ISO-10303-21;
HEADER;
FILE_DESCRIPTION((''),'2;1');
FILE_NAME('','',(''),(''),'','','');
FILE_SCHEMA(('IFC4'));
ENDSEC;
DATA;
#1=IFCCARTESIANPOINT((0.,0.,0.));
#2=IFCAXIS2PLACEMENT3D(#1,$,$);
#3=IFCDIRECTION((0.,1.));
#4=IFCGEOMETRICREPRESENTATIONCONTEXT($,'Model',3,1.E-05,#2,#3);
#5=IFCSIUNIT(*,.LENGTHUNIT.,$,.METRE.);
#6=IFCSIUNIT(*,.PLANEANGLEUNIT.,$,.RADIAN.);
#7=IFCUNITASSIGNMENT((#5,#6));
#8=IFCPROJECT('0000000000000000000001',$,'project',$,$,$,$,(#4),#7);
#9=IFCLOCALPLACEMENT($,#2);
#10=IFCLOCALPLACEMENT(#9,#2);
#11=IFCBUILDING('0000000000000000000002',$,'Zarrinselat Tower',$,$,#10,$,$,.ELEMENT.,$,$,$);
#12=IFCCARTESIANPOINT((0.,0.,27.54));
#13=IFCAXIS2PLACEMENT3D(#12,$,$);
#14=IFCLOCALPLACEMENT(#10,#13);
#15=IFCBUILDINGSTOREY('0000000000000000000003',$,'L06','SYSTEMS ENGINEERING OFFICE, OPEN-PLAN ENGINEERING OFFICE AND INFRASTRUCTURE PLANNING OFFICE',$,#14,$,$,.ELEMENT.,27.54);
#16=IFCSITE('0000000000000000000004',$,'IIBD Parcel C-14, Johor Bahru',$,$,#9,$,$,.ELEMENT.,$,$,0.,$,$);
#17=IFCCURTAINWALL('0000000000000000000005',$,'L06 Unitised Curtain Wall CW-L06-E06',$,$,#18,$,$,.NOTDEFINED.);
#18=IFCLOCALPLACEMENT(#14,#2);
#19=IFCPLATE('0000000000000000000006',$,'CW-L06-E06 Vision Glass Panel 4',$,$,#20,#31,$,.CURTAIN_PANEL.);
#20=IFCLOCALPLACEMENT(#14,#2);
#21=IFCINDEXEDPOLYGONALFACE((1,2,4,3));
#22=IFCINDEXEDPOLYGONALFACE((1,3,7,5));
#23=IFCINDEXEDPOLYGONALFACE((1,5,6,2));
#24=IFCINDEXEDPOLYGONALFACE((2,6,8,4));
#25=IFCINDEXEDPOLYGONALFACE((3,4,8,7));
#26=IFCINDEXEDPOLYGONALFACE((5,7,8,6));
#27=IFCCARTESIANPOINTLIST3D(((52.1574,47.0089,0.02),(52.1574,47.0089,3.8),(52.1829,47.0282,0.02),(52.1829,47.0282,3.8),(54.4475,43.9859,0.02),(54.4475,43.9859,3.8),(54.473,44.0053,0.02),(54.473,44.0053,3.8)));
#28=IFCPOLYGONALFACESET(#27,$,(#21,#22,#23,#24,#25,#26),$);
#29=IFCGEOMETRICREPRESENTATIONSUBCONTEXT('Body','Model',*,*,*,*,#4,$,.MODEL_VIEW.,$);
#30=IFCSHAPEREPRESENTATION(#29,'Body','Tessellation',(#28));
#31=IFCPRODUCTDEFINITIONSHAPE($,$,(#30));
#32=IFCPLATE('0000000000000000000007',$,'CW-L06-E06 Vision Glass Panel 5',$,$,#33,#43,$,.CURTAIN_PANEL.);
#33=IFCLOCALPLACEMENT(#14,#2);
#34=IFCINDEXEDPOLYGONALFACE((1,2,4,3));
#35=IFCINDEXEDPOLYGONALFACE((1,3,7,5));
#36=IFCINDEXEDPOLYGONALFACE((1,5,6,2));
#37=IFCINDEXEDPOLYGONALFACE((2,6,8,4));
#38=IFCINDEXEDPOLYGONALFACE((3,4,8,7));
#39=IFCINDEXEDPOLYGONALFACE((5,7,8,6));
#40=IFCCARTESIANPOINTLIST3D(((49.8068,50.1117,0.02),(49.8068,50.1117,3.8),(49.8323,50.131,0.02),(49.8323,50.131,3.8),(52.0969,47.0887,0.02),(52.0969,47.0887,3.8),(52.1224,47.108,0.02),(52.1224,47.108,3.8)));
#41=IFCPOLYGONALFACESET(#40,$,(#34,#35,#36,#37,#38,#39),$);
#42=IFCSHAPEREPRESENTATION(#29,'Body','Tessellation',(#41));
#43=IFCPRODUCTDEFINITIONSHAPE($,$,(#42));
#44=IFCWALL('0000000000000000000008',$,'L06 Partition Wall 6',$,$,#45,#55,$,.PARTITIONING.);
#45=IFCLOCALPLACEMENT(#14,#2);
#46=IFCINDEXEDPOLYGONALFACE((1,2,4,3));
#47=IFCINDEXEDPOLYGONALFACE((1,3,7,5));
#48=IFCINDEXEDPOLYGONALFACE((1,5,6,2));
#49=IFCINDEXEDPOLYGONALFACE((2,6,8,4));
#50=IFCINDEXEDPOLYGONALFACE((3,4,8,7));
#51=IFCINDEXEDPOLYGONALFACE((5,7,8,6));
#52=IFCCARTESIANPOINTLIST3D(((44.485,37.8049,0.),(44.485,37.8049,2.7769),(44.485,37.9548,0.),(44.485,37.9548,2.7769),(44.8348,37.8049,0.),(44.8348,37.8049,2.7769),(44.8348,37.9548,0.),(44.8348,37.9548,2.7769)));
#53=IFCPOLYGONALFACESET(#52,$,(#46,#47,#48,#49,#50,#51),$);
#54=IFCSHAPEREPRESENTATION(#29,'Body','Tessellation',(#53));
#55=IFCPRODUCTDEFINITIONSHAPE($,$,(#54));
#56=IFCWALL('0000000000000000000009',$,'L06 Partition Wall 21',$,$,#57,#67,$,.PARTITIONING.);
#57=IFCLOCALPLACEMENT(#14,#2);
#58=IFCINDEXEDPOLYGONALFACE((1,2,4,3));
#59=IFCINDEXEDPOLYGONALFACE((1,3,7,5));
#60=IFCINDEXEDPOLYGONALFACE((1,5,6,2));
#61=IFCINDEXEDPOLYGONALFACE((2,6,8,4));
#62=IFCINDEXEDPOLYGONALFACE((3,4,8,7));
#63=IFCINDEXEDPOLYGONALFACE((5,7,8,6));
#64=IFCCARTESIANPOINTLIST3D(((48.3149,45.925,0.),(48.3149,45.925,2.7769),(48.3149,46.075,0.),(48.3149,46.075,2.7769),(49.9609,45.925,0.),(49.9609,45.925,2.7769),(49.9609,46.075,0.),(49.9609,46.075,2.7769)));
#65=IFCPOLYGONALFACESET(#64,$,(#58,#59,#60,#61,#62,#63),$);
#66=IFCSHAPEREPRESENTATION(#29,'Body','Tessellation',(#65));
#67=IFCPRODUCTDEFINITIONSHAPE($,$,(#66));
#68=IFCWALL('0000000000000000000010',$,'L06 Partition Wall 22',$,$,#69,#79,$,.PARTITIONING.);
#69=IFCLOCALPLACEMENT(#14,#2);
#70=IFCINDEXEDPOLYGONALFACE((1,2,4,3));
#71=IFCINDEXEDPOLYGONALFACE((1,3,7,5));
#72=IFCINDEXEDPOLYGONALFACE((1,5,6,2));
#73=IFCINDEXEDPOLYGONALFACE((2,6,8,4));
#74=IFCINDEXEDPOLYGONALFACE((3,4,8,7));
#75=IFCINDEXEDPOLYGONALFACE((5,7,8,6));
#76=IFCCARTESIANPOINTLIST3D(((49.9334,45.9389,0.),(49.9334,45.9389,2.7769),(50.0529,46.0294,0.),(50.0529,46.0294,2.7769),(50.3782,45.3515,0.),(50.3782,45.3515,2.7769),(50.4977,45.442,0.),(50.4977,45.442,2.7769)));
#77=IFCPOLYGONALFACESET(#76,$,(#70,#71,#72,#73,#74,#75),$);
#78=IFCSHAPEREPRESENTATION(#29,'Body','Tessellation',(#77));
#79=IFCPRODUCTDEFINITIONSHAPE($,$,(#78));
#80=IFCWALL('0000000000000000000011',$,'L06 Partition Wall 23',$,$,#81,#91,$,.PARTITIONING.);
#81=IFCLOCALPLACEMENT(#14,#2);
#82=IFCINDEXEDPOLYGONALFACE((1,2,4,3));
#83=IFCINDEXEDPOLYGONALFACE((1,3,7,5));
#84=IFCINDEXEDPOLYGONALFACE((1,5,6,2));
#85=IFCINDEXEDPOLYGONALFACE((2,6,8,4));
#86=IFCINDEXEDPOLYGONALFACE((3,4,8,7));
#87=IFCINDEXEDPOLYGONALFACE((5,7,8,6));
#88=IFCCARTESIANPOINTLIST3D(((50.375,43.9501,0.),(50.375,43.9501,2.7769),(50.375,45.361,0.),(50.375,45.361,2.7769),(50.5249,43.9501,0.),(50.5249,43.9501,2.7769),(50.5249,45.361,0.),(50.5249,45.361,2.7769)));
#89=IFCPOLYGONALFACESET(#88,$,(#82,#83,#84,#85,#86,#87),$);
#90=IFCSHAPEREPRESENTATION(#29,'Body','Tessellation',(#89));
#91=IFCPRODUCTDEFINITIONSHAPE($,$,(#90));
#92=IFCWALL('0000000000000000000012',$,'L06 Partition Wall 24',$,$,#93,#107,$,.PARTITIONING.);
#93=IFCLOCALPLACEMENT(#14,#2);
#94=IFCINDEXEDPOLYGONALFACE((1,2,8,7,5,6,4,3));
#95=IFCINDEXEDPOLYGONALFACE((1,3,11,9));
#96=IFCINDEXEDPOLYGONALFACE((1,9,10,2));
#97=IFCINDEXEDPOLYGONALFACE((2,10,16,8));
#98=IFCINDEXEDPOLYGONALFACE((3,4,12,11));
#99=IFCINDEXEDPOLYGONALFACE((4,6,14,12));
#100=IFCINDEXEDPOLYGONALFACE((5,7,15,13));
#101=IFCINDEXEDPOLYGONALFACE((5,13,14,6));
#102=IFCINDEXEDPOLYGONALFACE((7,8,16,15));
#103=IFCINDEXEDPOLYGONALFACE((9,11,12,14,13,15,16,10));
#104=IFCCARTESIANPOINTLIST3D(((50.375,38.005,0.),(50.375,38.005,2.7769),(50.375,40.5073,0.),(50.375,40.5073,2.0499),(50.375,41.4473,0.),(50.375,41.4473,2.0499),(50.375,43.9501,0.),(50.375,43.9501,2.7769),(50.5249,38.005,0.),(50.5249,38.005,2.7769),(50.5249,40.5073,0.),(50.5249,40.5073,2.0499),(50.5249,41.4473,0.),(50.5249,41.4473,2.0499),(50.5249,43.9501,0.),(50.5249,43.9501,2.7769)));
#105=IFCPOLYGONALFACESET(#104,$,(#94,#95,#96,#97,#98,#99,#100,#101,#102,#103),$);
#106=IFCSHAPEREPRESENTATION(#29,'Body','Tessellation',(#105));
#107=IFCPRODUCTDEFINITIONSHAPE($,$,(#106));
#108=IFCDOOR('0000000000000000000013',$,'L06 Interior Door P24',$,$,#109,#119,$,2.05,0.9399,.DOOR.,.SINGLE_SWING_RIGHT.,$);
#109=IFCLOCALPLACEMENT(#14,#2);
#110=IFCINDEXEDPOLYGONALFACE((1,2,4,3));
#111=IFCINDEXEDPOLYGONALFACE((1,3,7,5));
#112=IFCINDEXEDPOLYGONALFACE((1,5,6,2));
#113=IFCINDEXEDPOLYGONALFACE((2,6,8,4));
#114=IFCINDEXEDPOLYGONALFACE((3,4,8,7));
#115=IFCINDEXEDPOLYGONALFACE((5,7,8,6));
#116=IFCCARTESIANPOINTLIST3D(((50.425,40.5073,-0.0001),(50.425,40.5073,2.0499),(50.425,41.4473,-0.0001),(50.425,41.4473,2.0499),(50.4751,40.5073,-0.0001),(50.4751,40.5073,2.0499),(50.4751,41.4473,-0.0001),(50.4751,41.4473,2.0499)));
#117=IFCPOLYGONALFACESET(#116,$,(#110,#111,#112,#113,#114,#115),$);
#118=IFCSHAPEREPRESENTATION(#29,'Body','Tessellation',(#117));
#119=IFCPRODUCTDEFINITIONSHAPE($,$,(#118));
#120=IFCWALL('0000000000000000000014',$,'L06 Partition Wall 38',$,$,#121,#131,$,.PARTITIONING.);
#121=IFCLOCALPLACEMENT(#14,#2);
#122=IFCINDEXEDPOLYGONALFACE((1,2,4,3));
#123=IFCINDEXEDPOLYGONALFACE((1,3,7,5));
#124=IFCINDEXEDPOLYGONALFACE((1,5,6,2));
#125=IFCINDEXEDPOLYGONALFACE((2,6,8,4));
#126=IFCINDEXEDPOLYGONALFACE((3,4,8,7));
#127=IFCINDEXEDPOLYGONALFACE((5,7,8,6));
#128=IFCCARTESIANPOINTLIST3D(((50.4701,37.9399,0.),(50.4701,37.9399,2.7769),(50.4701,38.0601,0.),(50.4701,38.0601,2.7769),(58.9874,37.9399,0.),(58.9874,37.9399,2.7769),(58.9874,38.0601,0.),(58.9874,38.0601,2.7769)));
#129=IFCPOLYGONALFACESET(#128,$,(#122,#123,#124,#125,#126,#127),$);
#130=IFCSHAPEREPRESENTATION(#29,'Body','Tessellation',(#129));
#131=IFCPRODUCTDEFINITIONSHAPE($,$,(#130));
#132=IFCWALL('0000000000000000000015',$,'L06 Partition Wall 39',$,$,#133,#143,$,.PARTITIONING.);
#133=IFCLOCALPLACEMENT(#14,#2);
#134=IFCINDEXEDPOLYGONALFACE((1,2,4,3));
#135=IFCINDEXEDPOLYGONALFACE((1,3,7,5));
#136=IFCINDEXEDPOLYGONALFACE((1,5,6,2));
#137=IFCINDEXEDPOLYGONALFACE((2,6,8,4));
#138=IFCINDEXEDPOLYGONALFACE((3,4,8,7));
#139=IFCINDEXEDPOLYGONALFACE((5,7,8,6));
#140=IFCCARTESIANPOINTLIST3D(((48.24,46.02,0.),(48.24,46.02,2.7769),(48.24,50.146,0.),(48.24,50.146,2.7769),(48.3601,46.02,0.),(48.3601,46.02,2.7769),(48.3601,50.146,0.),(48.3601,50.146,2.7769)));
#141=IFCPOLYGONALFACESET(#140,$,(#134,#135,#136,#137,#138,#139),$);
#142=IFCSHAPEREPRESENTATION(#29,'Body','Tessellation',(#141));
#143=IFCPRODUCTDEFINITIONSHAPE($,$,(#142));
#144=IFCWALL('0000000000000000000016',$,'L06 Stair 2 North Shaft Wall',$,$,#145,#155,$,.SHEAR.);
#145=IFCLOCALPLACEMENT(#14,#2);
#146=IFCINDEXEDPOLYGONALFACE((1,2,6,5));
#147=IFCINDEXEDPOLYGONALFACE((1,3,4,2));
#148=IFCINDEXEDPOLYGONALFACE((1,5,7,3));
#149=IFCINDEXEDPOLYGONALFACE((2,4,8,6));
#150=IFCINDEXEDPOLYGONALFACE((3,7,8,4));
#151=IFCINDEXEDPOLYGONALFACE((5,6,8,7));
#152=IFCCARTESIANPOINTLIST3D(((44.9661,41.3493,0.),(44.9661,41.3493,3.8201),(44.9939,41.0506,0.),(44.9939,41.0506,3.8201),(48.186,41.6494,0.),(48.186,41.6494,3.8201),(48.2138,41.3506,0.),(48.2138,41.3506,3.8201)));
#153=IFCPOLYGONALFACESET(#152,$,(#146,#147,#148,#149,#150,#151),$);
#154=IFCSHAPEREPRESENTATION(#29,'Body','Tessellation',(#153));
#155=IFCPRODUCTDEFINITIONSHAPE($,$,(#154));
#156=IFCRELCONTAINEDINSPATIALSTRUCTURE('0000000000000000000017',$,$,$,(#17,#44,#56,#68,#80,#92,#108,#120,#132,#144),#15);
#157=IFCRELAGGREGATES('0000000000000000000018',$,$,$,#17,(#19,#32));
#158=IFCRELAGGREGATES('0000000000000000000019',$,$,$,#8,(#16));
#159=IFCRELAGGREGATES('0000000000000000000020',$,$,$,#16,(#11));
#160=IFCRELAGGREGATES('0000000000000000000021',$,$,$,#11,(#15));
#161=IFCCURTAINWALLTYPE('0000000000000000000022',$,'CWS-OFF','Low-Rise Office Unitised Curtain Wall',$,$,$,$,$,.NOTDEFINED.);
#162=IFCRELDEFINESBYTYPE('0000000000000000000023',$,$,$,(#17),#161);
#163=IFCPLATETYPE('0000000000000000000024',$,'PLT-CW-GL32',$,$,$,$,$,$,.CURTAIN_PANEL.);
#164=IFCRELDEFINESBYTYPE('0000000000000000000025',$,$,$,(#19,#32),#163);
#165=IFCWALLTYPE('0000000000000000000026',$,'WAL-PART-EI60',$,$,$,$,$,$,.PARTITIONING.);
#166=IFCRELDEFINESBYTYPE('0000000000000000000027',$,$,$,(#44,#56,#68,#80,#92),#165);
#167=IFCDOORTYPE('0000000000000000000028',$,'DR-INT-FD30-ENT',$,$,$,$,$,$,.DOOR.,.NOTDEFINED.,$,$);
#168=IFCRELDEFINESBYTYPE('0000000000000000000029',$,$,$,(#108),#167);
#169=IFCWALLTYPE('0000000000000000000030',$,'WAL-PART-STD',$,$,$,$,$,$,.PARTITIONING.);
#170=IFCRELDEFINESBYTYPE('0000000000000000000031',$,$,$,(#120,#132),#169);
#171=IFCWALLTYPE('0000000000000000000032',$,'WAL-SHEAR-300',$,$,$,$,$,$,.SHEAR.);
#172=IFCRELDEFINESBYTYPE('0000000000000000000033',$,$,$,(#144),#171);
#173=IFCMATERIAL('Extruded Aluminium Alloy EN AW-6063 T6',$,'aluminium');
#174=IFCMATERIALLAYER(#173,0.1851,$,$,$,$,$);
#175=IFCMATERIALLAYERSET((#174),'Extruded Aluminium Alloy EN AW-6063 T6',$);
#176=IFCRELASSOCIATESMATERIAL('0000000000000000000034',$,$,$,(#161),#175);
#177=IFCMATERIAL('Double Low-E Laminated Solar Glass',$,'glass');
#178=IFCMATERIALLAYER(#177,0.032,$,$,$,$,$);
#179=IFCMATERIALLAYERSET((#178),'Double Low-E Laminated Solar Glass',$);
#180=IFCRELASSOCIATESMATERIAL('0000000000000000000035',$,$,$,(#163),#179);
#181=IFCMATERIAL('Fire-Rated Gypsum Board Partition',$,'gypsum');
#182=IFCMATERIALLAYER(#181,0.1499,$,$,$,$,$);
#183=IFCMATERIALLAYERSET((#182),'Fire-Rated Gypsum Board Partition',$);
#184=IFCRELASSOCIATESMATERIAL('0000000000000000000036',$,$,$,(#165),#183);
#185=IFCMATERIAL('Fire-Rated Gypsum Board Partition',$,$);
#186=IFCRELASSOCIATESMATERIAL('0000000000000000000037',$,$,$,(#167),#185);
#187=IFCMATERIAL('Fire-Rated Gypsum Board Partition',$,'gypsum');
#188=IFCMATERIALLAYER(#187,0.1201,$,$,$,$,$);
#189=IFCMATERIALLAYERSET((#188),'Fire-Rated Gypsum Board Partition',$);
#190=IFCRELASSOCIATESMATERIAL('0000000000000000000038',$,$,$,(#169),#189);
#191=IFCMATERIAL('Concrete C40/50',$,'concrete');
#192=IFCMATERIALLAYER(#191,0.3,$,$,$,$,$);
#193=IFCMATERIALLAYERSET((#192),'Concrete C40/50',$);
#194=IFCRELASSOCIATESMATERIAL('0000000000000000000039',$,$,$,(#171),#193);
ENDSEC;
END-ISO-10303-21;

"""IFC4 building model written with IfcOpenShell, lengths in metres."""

from ifc_helpers import new_model, si_unit, direction, frame, frame_2d, origin, origin_2d, place, context, subcontext, project, spatial, rectangle, extrude, material, layer, layer_set, type_object, element, fill, aggregate, save


model = new_model("IFC4")

# Units and contexts
model_context = context("Model", 3, precision=1e-05, world=origin(), true_north=direction((0.0, 1.0)))
body_context = subcontext(model_context, "Body", "Model", "MODEL_VIEW")
ifc_project = project(units=[si_unit("LENGTHUNIT", "METRE"), si_unit("PLANEANGLEUNIT", "RADIAN")], contexts=[model_context])

# Site, building, storey
site_placement = place(None, origin())
site = spatial("IfcSite", under=ifc_project, at=site_placement, Name="IIBD Parcel C-14, Johor Bahru", CompositionType="ELEMENT", RefElevation=0.0)
building_placement = place(site_placement, origin())
building = spatial("IfcBuilding", under=site, at=building_placement, Name="Zarrinselat Tower", CompositionType="ELEMENT")
storey_placement = place(building_placement, frame((0.0, 0.0, 27.54)))
storey = spatial("IfcBuildingStorey", under=building, at=storey_placement, Name="L06", Description="SYSTEMS ENGINEERING OFFICE, OPEN-PLAN ENGINEERING OFFICE AND INFRASTRUCTURE PLANNING OFFICE", CompositionType="ELEMENT", Elevation=27.54)

# Curtain wall
ifc_material_1 = material(Name="Extruded Aluminium Alloy EN AW-6063 T6", Category="aluminium")
ifc_layer_1 = layer(ifc_material_1, 0.1851)
ifc_layer_set_1 = layer_set([ifc_layer_1], Name="Extruded Aluminium Alloy EN AW-6063 T6")
curtain_wall_type = type_object("IfcCurtainWallType", Name="CWS-OFF", Description="Low-Rise Office Unitised Curtain Wall", PredefinedType="NOTDEFINED", material=ifc_layer_set_1)
curtain_wall_1_placement = place(storey_placement, origin())
curtain_wall_1 = element("IfcCurtainWall", 1, at=curtain_wall_1_placement, inside=storey, type_object=curtain_wall_type, Name="L06 Unitised Curtain Wall CW-L06-E06", PredefinedType="NOTDEFINED")

# Plates
ifc_material_2 = material(Name="Double Low-E Laminated Solar Glass", Category="glass")
ifc_layer_2 = layer(ifc_material_2, 0.032)
ifc_layer_set_2 = layer_set([ifc_layer_2], Name="Double Low-E Laminated Solar Glass")
plate_type = type_object("IfcPlateType", Name="PLT-CW-GL32", PredefinedType="CURTAIN_PANEL", material=ifc_layer_set_2)
plate_1_placement = place(storey_placement, frame((53.3152, 45.5071, 0.02), z_axis=(0.0, 0.0, 1.0), x_axis=(-0.603859, 0.797091, 0.0)))
plate_1 = element("IfcPlate", 2, at=plate_1_placement, type_object=plate_type, Name="CW-L06-E06 Vision Glass Panel 4", PredefinedType="CURTAIN_PANEL", context=body_context, shape_type="SweptSolid", body=[
    extrude(rectangle(XDim=3.7925, YDim=0.032, at=origin_2d()), origin(), (0.0, 0.0, 1.0), 3.78),
])
plate_2_placement = place(storey_placement, frame((50.9646, 48.6099, 0.02), z_axis=(0.0, 0.0, 1.0), x_axis=(-0.603859, 0.797091, 0.0)))
plate_2 = element("IfcPlate", 3, at=plate_2_placement, type_object=plate_type, Name="CW-L06-E06 Vision Glass Panel 5", PredefinedType="CURTAIN_PANEL", context=body_context, shape_type="SweptSolid", body=[
    extrude(rectangle(XDim=3.7925, YDim=0.032, at=origin_2d()), origin(), (0.0, 0.0, 1.0), 3.78),
])
aggregate(curtain_wall_1, [plate_1, plate_2])

# Walls
ifc_material_3 = material(Name="Fire-Rated Gypsum Board Partition", Category="gypsum")
ifc_layer_3 = layer(ifc_material_3, 0.1499)
ifc_layer_set_3 = layer_set([ifc_layer_3], Name="Fire-Rated Gypsum Board Partition")
wall_type_1 = type_object("IfcWallType", Name="WAL-PART-EI60", PredefinedType="PARTITIONING", material=ifc_layer_set_3)
wall_1_placement = place(storey_placement, frame((44.4851, 37.8799, 0.0), z_axis=(0.0, 0.0, 1.0), x_axis=(1.0, 0.0, 0.0)))
element("IfcWall", 4, at=wall_1_placement, inside=storey, type_object=wall_type_1, Name="L06 Partition Wall 6", PredefinedType="PARTITIONING", context=body_context, shape_type="SweptSolid", body=[
    extrude(rectangle(XDim=0.3499, YDim=0.1499, at=frame_2d((0.1748, 0.0))), origin(), (0.0, 0.0, 1.0), 2.7769),
])
wall_2_placement = place(storey_placement, frame((48.3149, 46.0, 0.0), z_axis=(0.0, 0.0, 1.0), x_axis=(1.0, 0.0, 0.0)))
element("IfcWall", 5, at=wall_2_placement, inside=storey, type_object=wall_type_1, Name="L06 Partition Wall 21", PredefinedType="PARTITIONING", context=body_context, shape_type="SweptSolid", body=[
    extrude(rectangle(XDim=1.646, YDim=0.1499, at=frame_2d((0.823, 0.0))), origin(), (0.0, 0.0, 1.0), 2.7769),
])
wall_3_placement = place(storey_placement, frame((49.9932, 45.9841, 0.0), z_axis=(0.0, 0.0, 1.0), x_axis=(0.603705, -0.797208, 0.0)))
element("IfcWall", 6, at=wall_3_placement, inside=storey, type_object=wall_type_1, Name="L06 Partition Wall 22", PredefinedType="PARTITIONING", context=body_context, shape_type="SweptSolid", body=[
    extrude(rectangle(XDim=0.7368, YDim=0.1499, at=frame_2d((0.3684, 0.0))), origin(), (0.0, 0.0, 1.0), 2.7769),
])
wall_4_placement = place(storey_placement, frame((50.45, 43.95, 0.0), z_axis=(0.0, 0.0, 1.0), x_axis=(0.0, 1.0, 0.0)))
element("IfcWall", 7, at=wall_4_placement, inside=storey, type_object=wall_type_1, Name="L06 Partition Wall 23", PredefinedType="PARTITIONING", context=body_context, shape_type="SweptSolid", body=[
    extrude(rectangle(XDim=1.4109, YDim=0.1499, at=frame_2d((0.7056, 0.0))), origin(), (0.0, 0.0, 1.0), 2.7769),
])

# Wall, opening, door
wall_5_placement = place(storey_placement, frame((50.45, 38.0049, 0.0), z_axis=(0.0, 0.0, 1.0), x_axis=(0.0, 1.0, 0.0)))
wall_5 = element("IfcWall", 8, at=wall_5_placement, inside=storey, type_object=wall_type_1, Name="L06 Partition Wall 24", PredefinedType="PARTITIONING", context=body_context, shape_type="SweptSolid", body=[
    extrude(rectangle(XDim=5.9451, YDim=0.1499, at=frame_2d((2.9727, 0.0))), origin(), (0.0, 0.0, 1.0), 2.7769),
])
opening_placement = place(wall_5_placement, frame((2.5024, 0.0, 0.0)))
opening = element("IfcOpeningElement", 9, at=opening_placement, cuts=wall_5, PredefinedType="OPENING", context=body_context, shape_type="SweptSolid", body=[
    extrude(rectangle(XDim=0.9399, YDim=2.05, at=frame_2d((0.47, 1.0249))), frame((0.0, 0.085, 0.0), z_axis=(0.0, -1.0, 0.0), x_axis=(1.0, 0.0, 0.0)), (0.0, 0.0, 1.0), 0.1699),
])
ifc_material_4 = material(Name="Fire-Rated Gypsum Board Partition")
door_type = type_object("IfcDoorType", Name="DR-INT-FD30-ENT", OperationType="NOTDEFINED", PredefinedType="DOOR", material=ifc_material_4)
door_placement = place(opening_placement, origin())
door = element("IfcDoor", 10, at=door_placement, inside=storey, type_object=door_type, Name="L06 Interior Door P24", OperationType="SINGLE_SWING_RIGHT", OverallHeight=2.05, OverallWidth=0.9399, PredefinedType="DOOR", context=body_context, shape_type="SweptSolid", body=[
    extrude(rectangle(XDim=0.9399, YDim=2.05, at=frame_2d((0.47, 1.0249))), frame((0.0, 0.0249, 0.0), z_axis=(0.0, -1.0, 0.0), x_axis=(1.0, 0.0, 0.0)), (0.0, 0.0, 1.0), 0.05),
])
fill(opening, door)

# Walls
ifc_material_5 = material(Name="Fire-Rated Gypsum Board Partition", Category="gypsum")
ifc_layer_4 = layer(ifc_material_5, 0.1201)
ifc_layer_set_4 = layer_set([ifc_layer_4], Name="Fire-Rated Gypsum Board Partition")
wall_type_2 = type_object("IfcWallType", Name="WAL-PART-STD", PredefinedType="PARTITIONING", material=ifc_layer_set_4)
wall_6_placement = place(storey_placement, frame((50.47, 38.0, 0.0), z_axis=(0.0, 0.0, 1.0), x_axis=(1.0, 0.0, 0.0)))
element("IfcWall", 11, at=wall_6_placement, inside=storey, type_object=wall_type_2, Name="L06 Partition Wall 38", PredefinedType="PARTITIONING", context=body_context, shape_type="SweptSolid", body=[
    extrude(rectangle(XDim=8.5173, YDim=0.1201, at=frame_2d((4.2588, 0.0))), origin(), (0.0, 0.0, 1.0), 2.7769),
])
wall_7_placement = place(storey_placement, frame((48.3, 46.02, 0.0), z_axis=(0.0, 0.0, 1.0), x_axis=(0.0, 1.0, 0.0)))
element("IfcWall", 12, at=wall_7_placement, inside=storey, type_object=wall_type_2, Name="L06 Partition Wall 39", PredefinedType="PARTITIONING", context=body_context, shape_type="SweptSolid", body=[
    extrude(rectangle(XDim=4.126, YDim=0.1201, at=frame_2d((2.063, 0.0))), origin(), (0.0, 0.0, 1.0), 2.7769),
])
ifc_material_6 = material(Name="Concrete C40/50", Category="concrete")
ifc_layer_5 = layer(ifc_material_6, 0.3)
ifc_layer_set_5 = layer_set([ifc_layer_5], Name="Concrete C40/50")
wall_type_3 = type_object("IfcWallType", Name="WAL-SHEAR-300", PredefinedType="SHEAR", material=ifc_layer_set_5)
wall_8_placement = place(storey_placement, frame((44.98, 41.2, 0.0), z_axis=(0.0, 0.0, 1.0), x_axis=(0.995686, 0.092782, 0.0)))
element("IfcWall", 13, at=wall_8_placement, inside=storey, type_object=wall_type_3, Name="L06 Stair 2 North Shaft Wall", PredefinedType="SHEAR", context=body_context, shape_type="SweptSolid", body=[
    extrude(rectangle(XDim=3.2339, YDim=0.3, at=frame_2d((1.6169, 0.0))), origin(), (0.0, 0.0, 1.0), 3.8201),
])

save(model, "model.ifc")
